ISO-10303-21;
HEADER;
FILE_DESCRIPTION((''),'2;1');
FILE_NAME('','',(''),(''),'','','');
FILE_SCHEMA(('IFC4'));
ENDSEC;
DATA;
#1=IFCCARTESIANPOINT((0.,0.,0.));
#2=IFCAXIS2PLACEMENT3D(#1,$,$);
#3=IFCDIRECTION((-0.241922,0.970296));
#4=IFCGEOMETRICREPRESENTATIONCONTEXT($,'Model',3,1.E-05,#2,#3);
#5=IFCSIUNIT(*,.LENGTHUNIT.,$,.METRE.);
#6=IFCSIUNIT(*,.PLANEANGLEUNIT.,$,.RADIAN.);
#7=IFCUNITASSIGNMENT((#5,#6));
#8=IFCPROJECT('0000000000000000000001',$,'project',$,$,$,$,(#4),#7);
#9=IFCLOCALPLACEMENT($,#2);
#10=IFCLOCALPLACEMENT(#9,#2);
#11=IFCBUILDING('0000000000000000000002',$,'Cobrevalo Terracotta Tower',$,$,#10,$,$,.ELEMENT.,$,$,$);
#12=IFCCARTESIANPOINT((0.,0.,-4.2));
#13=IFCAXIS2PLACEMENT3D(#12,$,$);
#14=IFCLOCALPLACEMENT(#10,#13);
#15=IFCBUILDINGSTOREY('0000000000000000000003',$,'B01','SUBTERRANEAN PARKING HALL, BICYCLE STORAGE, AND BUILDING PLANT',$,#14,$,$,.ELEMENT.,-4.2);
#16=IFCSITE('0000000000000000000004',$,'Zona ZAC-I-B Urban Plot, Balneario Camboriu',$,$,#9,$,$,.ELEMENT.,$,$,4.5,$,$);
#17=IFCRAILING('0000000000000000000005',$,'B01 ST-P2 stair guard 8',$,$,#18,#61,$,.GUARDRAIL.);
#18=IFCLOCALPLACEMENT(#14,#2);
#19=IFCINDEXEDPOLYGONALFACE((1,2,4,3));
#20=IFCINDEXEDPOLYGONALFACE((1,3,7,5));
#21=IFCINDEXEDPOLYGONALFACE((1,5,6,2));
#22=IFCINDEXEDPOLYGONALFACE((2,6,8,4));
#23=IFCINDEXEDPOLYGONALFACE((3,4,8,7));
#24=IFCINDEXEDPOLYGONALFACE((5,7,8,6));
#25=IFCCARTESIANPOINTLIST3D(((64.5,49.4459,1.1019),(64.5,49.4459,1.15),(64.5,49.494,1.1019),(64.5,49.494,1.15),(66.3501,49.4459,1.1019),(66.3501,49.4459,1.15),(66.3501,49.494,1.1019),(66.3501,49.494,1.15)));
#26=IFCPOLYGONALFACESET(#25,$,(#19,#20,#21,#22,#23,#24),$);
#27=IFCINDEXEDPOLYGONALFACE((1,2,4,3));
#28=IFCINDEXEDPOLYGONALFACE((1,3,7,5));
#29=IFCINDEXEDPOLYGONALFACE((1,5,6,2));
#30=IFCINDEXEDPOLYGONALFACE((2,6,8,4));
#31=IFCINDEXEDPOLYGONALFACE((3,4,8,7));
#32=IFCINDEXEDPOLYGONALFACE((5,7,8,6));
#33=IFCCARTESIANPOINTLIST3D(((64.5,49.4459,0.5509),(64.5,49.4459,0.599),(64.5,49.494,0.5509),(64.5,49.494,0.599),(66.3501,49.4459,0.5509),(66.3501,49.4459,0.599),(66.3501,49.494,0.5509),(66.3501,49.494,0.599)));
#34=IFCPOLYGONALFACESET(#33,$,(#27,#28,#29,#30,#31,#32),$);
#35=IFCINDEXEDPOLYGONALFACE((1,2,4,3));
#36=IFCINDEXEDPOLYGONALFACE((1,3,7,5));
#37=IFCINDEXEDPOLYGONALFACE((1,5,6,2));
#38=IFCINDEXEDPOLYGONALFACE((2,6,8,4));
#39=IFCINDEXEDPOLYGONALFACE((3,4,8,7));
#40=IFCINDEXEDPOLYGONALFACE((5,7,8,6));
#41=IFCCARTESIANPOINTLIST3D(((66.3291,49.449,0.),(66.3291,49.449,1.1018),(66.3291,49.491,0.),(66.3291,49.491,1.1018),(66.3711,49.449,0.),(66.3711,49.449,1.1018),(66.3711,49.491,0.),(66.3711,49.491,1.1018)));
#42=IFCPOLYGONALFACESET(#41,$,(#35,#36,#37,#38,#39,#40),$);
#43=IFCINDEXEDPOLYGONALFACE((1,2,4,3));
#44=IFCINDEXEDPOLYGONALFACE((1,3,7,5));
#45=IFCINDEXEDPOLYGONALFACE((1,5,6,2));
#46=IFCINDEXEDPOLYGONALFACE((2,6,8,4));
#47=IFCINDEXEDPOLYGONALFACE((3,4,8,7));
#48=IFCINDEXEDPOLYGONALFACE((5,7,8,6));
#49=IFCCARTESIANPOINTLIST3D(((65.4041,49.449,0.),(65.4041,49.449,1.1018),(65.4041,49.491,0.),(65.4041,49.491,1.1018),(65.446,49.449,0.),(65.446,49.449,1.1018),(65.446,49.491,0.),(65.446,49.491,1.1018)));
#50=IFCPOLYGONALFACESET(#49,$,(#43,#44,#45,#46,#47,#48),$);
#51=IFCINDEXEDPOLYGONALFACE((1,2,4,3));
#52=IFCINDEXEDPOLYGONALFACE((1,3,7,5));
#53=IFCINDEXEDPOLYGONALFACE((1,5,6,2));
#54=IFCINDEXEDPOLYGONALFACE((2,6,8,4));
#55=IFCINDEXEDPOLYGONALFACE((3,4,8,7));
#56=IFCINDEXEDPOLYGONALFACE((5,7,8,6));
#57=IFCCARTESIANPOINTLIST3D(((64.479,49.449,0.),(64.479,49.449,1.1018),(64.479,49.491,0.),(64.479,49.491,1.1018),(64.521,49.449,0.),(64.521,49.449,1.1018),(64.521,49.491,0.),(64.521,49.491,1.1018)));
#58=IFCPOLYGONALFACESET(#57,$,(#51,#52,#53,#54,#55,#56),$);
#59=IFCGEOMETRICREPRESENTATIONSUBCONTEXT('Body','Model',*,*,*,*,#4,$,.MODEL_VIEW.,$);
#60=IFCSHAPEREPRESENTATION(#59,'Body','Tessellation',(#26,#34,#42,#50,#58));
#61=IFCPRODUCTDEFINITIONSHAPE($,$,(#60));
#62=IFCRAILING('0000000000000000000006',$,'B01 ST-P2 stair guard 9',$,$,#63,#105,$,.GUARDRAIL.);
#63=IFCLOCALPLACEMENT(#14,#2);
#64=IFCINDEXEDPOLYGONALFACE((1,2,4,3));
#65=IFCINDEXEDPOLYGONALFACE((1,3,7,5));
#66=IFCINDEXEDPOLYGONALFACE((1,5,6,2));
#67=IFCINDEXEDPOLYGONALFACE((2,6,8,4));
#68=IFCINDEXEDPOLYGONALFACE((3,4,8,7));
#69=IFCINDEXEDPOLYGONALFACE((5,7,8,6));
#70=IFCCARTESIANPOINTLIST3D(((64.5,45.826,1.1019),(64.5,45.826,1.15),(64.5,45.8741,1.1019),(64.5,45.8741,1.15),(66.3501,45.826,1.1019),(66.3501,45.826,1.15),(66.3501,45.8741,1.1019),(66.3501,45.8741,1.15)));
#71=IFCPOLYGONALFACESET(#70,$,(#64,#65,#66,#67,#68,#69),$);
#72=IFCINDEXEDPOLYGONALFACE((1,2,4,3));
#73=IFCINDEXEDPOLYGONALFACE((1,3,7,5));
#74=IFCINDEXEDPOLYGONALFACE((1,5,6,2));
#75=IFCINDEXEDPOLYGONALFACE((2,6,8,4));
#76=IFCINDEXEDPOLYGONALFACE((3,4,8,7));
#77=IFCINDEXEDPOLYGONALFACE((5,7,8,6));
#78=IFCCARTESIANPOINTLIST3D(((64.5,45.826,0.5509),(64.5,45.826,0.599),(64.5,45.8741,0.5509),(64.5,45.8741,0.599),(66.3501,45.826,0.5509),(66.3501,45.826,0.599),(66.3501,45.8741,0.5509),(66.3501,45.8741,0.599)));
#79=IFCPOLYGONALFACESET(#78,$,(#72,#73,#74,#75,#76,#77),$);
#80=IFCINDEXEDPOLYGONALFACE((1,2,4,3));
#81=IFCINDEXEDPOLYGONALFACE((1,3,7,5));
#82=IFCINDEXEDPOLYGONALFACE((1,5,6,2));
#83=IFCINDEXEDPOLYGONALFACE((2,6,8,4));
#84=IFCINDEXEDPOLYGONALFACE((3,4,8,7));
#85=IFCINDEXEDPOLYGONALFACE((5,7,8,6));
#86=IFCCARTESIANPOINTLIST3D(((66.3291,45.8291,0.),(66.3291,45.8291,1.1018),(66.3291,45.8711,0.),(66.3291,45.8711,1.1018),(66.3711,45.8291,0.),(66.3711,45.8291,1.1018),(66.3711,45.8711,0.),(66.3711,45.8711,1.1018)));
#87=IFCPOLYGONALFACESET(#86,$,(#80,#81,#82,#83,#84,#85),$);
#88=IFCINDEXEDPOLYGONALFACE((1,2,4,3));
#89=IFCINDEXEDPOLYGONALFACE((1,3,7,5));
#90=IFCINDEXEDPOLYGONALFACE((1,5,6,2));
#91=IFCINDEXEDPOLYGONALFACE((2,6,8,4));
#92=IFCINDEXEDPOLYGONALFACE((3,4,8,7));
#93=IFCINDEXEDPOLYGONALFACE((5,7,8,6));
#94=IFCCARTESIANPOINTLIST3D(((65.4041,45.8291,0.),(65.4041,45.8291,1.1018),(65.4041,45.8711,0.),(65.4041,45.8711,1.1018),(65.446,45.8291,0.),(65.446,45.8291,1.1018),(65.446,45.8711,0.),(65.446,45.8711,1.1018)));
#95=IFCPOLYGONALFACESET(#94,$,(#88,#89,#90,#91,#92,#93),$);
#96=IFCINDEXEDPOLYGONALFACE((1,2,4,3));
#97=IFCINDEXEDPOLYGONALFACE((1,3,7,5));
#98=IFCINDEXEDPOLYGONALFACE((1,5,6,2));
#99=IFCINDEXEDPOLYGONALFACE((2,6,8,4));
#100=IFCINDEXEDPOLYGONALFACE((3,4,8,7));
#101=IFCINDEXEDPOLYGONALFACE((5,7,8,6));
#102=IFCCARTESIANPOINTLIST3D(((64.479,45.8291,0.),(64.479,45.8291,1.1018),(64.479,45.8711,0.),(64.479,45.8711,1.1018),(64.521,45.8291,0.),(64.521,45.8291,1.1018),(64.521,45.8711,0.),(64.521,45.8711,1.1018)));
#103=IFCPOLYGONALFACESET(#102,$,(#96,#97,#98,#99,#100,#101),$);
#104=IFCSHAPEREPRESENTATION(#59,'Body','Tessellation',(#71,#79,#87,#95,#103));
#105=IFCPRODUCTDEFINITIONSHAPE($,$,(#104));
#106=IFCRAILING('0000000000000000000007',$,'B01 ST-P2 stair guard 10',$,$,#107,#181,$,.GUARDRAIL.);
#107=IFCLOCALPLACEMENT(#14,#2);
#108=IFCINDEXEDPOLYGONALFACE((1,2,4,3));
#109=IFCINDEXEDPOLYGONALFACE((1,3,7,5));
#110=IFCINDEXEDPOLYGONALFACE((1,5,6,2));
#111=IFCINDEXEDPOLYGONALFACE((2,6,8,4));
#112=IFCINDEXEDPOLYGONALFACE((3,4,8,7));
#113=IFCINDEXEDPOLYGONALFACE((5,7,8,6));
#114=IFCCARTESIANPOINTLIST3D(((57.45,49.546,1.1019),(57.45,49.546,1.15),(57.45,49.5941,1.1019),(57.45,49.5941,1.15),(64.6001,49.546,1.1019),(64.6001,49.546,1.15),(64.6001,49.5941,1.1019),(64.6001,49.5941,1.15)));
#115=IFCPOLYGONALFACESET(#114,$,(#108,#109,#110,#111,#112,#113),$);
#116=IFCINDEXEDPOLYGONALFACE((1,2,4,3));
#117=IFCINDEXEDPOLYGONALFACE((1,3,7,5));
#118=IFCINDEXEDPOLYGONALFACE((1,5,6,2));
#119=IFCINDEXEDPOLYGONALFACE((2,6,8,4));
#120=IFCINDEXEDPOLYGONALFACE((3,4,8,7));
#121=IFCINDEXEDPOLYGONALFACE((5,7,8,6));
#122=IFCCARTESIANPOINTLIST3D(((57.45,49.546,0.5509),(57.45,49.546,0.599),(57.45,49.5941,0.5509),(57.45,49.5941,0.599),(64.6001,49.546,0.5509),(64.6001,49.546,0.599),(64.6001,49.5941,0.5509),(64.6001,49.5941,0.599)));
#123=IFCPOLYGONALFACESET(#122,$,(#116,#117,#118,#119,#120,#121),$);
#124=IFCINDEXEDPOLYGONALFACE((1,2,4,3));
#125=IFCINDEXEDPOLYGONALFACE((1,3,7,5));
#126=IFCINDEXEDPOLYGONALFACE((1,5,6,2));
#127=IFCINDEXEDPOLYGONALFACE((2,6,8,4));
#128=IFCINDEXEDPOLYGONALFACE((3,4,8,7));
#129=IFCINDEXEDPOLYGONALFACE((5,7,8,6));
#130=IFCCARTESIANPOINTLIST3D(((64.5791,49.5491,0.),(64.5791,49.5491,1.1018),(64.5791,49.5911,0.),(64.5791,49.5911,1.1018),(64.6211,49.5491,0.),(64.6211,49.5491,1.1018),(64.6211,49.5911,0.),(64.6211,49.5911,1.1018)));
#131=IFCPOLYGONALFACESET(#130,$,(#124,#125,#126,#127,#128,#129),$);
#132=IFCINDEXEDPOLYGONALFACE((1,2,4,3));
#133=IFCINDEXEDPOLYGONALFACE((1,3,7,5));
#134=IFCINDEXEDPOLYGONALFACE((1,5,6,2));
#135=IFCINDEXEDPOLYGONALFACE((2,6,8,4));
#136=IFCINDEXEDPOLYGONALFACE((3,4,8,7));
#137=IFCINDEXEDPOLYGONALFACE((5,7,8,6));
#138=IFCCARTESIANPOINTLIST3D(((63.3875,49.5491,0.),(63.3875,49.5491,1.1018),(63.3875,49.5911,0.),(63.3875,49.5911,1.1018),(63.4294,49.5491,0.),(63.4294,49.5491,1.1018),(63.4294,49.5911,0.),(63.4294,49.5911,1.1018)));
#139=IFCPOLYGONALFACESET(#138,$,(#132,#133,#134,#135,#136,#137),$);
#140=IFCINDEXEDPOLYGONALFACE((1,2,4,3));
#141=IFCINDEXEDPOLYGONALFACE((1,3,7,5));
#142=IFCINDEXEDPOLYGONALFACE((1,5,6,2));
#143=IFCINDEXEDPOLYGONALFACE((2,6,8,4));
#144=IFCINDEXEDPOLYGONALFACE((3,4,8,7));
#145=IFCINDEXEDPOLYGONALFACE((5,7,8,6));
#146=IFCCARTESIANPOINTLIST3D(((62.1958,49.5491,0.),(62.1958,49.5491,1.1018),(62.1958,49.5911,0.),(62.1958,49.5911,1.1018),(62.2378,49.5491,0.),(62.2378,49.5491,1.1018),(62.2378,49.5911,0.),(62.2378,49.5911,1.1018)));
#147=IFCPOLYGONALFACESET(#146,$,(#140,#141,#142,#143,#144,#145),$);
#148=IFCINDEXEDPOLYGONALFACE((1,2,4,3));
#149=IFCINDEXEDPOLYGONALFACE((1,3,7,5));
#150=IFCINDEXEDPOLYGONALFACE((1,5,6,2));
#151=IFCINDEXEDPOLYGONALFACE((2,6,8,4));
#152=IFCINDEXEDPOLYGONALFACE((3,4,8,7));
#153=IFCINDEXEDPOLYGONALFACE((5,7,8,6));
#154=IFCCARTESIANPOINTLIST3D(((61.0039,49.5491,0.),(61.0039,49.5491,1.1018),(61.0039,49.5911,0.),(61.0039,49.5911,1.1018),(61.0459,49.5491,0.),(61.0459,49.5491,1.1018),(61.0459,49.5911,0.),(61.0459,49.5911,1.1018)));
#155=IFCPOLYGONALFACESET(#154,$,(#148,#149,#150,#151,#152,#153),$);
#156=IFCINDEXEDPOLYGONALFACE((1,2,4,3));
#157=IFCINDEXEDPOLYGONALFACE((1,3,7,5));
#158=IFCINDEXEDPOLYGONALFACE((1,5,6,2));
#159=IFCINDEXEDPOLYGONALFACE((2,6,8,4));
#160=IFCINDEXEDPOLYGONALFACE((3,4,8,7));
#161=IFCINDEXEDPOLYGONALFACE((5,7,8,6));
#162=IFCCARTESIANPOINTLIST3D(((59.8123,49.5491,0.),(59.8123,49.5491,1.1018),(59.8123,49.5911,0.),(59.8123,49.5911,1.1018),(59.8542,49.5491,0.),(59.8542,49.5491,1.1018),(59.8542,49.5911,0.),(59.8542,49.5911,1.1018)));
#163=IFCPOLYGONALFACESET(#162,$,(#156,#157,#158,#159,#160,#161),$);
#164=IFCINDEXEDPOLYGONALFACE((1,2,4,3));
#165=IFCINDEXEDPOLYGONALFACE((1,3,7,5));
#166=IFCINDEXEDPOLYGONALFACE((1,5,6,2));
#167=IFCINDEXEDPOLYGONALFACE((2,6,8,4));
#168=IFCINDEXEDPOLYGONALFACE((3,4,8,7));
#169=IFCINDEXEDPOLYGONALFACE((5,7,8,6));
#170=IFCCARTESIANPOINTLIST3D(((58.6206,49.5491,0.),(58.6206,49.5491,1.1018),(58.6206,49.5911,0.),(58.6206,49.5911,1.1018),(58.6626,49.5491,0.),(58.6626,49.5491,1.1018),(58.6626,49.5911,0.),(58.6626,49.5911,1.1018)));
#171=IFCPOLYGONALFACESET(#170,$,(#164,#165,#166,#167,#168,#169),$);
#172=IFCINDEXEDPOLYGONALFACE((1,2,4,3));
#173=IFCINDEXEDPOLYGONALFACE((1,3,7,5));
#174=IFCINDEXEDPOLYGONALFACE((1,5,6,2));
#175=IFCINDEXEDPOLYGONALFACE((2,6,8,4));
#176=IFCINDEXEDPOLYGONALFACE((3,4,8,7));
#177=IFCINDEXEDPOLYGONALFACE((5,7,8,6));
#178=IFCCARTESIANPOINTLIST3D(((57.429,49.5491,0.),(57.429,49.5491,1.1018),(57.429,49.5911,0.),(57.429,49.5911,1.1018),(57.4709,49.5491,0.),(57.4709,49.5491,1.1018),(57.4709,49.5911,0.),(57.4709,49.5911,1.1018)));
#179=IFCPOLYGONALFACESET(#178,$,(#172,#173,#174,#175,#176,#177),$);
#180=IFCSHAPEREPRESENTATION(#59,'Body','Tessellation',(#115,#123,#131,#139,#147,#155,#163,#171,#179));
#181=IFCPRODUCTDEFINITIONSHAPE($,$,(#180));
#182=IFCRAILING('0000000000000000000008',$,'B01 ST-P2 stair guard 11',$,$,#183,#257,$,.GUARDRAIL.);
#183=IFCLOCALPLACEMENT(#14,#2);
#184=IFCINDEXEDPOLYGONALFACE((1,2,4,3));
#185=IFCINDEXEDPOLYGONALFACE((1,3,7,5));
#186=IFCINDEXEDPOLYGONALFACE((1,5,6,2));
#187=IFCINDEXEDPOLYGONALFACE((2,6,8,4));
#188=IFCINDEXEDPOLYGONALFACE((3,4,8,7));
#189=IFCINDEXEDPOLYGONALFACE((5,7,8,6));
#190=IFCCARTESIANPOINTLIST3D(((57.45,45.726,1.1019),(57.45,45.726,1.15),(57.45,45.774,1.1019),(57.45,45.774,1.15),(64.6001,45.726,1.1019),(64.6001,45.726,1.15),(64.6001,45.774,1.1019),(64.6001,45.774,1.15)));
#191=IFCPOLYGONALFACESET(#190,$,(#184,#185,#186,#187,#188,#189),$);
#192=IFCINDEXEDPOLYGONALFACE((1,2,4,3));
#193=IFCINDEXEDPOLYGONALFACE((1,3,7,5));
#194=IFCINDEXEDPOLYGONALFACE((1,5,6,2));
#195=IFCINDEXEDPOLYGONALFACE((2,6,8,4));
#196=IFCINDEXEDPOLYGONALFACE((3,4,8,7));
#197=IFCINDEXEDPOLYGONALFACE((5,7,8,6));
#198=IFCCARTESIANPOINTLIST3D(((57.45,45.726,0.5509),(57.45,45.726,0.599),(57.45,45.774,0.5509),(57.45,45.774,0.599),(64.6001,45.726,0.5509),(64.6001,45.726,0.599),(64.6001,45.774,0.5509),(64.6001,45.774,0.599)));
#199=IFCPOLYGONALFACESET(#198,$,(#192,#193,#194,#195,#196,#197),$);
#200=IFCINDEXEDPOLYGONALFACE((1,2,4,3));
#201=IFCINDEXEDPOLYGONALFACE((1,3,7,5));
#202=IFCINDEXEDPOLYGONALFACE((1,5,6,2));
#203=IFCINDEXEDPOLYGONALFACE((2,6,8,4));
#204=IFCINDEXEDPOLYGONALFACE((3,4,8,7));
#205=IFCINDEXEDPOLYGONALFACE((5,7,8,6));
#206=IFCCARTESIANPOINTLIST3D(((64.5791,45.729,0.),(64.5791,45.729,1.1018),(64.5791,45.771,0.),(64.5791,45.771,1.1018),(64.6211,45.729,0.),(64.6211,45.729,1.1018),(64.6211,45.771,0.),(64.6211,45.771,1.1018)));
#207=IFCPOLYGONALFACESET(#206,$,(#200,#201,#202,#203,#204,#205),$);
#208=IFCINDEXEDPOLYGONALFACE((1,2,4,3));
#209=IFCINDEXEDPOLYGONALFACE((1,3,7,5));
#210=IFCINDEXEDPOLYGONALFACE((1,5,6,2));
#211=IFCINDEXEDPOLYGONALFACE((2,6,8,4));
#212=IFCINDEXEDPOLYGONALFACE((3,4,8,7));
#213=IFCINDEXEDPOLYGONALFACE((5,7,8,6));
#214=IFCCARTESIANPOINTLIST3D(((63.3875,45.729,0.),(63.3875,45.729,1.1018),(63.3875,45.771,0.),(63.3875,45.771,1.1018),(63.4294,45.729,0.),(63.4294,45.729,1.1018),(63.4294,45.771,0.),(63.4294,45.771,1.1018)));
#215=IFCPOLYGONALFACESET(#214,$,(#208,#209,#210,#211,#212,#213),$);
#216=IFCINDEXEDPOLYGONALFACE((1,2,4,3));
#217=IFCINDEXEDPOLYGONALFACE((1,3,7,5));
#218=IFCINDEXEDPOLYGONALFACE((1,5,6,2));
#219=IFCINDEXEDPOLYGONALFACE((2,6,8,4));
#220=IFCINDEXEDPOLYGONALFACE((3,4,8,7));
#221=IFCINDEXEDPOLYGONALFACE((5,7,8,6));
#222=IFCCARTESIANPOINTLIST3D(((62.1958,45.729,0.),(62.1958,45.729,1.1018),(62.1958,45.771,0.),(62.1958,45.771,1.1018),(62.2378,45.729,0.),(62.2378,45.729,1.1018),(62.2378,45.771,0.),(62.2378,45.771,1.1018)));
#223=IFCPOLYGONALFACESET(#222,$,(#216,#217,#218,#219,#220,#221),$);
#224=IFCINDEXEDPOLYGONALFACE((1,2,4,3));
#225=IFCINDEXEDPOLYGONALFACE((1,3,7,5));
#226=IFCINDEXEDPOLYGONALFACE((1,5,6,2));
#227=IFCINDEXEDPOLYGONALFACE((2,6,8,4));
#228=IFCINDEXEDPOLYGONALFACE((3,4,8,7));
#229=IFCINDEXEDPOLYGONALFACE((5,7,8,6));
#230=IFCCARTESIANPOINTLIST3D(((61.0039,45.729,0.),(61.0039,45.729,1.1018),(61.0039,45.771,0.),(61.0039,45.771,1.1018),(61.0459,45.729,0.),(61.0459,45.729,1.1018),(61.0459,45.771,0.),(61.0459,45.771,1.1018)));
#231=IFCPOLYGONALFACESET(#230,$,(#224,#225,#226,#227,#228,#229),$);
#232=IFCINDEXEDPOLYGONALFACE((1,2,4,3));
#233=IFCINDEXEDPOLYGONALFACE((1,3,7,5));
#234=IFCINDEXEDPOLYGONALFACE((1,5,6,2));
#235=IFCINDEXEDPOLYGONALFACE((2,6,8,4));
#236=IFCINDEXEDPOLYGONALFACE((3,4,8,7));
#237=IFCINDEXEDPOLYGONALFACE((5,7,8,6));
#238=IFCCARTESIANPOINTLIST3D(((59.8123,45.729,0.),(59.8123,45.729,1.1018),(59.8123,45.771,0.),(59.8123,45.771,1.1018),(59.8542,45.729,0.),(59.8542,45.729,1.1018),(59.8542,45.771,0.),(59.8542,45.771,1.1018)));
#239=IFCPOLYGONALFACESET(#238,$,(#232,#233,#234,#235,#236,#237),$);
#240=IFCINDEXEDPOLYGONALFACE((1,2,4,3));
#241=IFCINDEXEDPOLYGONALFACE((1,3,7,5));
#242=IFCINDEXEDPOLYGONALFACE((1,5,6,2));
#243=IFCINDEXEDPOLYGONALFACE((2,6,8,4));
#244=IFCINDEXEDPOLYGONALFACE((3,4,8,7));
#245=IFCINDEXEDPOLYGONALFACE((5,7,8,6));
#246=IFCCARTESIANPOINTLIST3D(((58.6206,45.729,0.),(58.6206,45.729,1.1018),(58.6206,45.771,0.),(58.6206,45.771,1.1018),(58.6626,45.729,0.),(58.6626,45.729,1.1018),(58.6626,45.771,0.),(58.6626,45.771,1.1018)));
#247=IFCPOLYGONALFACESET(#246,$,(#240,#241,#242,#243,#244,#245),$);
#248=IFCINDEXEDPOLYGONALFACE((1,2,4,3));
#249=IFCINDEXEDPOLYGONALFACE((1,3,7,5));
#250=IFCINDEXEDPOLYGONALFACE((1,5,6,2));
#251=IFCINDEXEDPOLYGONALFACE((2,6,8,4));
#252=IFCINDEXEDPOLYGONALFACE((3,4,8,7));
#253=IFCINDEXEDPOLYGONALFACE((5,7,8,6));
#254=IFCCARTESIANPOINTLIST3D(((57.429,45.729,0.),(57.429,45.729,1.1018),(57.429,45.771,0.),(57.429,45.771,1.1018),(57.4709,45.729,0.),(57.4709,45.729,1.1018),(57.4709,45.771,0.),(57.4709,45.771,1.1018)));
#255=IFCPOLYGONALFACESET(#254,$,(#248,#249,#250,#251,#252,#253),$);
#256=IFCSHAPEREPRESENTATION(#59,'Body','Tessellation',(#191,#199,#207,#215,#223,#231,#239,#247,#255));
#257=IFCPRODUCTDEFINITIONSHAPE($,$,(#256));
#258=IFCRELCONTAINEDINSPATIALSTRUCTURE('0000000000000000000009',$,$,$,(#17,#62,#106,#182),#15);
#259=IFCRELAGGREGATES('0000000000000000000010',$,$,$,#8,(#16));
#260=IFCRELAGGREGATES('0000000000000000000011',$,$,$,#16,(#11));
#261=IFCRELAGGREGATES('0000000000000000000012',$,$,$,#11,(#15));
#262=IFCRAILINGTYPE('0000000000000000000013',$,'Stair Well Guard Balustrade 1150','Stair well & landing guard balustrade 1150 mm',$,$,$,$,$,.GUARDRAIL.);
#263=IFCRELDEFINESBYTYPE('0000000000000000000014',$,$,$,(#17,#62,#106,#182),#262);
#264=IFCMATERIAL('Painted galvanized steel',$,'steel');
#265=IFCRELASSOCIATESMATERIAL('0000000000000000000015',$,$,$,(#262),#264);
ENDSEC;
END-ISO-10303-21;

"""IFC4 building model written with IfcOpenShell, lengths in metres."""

from ifc_helpers import new_model, si_unit, direction, frame, origin, origin_2d, place, context, subcontext, project, spatial, rectangle, extrude, material, type_object, element, save


model = new_model("IFC4")

# Units and contexts
model_context = context("Model", 3, precision=1e-05, world=origin(), true_north=direction((-0.241922, 0.970296)))
body_context = subcontext(model_context, "Body", "Model", "MODEL_VIEW")
ifc_project = project(units=[si_unit("LENGTHUNIT", "METRE"), si_unit("PLANEANGLEUNIT", "RADIAN")], contexts=[model_context])

# Site, building, storey
site_placement = place(None, origin())
site = spatial("IfcSite", under=ifc_project, at=site_placement, Name="Zona ZAC-I-B Urban Plot, Balneario Camboriu", CompositionType="ELEMENT", RefElevation=4.5)
building_placement = place(site_placement, origin())
building = spatial("IfcBuilding", under=site, at=building_placement, Name="Cobrevalo Terracotta Tower", CompositionType="ELEMENT")
storey_placement = place(building_placement, frame((0.0, 0.0, -4.2)))
storey = spatial("IfcBuildingStorey", under=building, at=storey_placement, Name="B01", Description="SUBTERRANEAN PARKING HALL, BICYCLE STORAGE, AND BUILDING PLANT", CompositionType="ELEMENT", Elevation=-4.2)

# Railings
ifc_material_1 = material(Name="Painted galvanized steel", Category="steel")
railing_type_1 = type_object("IfcRailingType", Name="Stair Well Guard Balustrade 1150", Description="Stair well & landing guard balustrade 1150 mm", PredefinedType="GUARDRAIL", material=ifc_material_1)
for number, where, name in (
    (1, (66.3501, 49.47, 0.0), "B01 ST-P2 stair guard 8"),
    (2, (66.3501, 45.8501, 0.0), "B01 ST-P2 stair guard 9"),
):
    element("IfcRailing", number, at=place(storey_placement, frame(where)), inside=storey, type_object=railing_type_1, Name=name, PredefinedType="GUARDRAIL", context=body_context, shape_type="SweptSolid", body=[
        extrude(rectangle(XDim=0.0481, YDim=0.0481, at=origin_2d()), frame((0.0, 0.0, 1.126), z_axis=(-1.0, 0.0, 0.0), x_axis=(0.0, -1.0, 0.0)), (0.0, 0.0, 1.0), 1.8501),
        extrude(rectangle(XDim=0.0481, YDim=0.0481, at=origin_2d()), frame((0.0, 0.0, 0.575), z_axis=(-1.0, 0.0, 0.0), x_axis=(0.0, -1.0, 0.0)), (0.0, 0.0, 1.0), 1.8501),
        extrude(rectangle(XDim=0.042, YDim=0.042, at=origin_2d()), origin(), (0.0, 0.0, 1.0), 1.1018),
        extrude(rectangle(XDim=0.042, YDim=0.042, at=origin_2d()), frame((-0.925, 0.0, 0.0)), (0.0, 0.0, 1.0), 1.1018),
        extrude(rectangle(XDim=0.042, YDim=0.042, at=origin_2d()), frame((-1.8501, 0.0, 0.0)), (0.0, 0.0, 1.0), 1.1018),
    ])
for number, where, name in (
    (3, (64.6001, 49.5701, 0.0), "B01 ST-P2 stair guard 10"),
    (4, (64.6001, 45.75, 0.0), "B01 ST-P2 stair guard 11"),
):
    element("IfcRailing", number, at=place(storey_placement, frame(where)), inside=storey, type_object=railing_type_1, Name=name, PredefinedType="GUARDRAIL", context=body_context, shape_type="SweptSolid", body=[
        extrude(rectangle(XDim=0.0481, YDim=0.0481, at=origin_2d()), frame((0.0, 0.0, 1.126), z_axis=(-1.0, 0.0, 0.0), x_axis=(0.0, -1.0, 0.0)), (0.0, 0.0, 1.0), 7.1501),
        extrude(rectangle(XDim=0.0481, YDim=0.0481, at=origin_2d()), frame((0.0, 0.0, 0.575), z_axis=(-1.0, 0.0, 0.0), x_axis=(0.0, -1.0, 0.0)), (0.0, 0.0, 1.0), 7.1501),
        extrude(rectangle(XDim=0.042, YDim=0.042, at=origin_2d()), origin(), (0.0, 0.0, 1.0), 1.1018),
        extrude(rectangle(XDim=0.042, YDim=0.042, at=origin_2d()), frame((-1.1917, 0.0, 0.0)), (0.0, 0.0, 1.0), 1.1018),
        extrude(rectangle(XDim=0.042, YDim=0.042, at=origin_2d()), frame((-2.3833, 0.0, 0.0)), (0.0, 0.0, 1.0), 1.1018),
        extrude(rectangle(XDim=0.042, YDim=0.042, at=origin_2d()), frame((-3.5752, 0.0, 0.0)), (0.0, 0.0, 1.0), 1.1018),
        extrude(rectangle(XDim=0.042, YDim=0.042, at=origin_2d()), frame((-4.7668, 0.0, 0.0)), (0.0, 0.0, 1.0), 1.1018),
        extrude(rectangle(XDim=0.042, YDim=0.042, at=origin_2d()), frame((-5.9585, 0.0, 0.0)), (0.0, 0.0, 1.0), 1.1018),
        extrude(rectangle(XDim=0.042, YDim=0.042, at=origin_2d()), frame((-7.1501, 0.0, 0.0)), (0.0, 0.0, 1.0), 1.1018),
    ])

save(model, "model.ifc")
